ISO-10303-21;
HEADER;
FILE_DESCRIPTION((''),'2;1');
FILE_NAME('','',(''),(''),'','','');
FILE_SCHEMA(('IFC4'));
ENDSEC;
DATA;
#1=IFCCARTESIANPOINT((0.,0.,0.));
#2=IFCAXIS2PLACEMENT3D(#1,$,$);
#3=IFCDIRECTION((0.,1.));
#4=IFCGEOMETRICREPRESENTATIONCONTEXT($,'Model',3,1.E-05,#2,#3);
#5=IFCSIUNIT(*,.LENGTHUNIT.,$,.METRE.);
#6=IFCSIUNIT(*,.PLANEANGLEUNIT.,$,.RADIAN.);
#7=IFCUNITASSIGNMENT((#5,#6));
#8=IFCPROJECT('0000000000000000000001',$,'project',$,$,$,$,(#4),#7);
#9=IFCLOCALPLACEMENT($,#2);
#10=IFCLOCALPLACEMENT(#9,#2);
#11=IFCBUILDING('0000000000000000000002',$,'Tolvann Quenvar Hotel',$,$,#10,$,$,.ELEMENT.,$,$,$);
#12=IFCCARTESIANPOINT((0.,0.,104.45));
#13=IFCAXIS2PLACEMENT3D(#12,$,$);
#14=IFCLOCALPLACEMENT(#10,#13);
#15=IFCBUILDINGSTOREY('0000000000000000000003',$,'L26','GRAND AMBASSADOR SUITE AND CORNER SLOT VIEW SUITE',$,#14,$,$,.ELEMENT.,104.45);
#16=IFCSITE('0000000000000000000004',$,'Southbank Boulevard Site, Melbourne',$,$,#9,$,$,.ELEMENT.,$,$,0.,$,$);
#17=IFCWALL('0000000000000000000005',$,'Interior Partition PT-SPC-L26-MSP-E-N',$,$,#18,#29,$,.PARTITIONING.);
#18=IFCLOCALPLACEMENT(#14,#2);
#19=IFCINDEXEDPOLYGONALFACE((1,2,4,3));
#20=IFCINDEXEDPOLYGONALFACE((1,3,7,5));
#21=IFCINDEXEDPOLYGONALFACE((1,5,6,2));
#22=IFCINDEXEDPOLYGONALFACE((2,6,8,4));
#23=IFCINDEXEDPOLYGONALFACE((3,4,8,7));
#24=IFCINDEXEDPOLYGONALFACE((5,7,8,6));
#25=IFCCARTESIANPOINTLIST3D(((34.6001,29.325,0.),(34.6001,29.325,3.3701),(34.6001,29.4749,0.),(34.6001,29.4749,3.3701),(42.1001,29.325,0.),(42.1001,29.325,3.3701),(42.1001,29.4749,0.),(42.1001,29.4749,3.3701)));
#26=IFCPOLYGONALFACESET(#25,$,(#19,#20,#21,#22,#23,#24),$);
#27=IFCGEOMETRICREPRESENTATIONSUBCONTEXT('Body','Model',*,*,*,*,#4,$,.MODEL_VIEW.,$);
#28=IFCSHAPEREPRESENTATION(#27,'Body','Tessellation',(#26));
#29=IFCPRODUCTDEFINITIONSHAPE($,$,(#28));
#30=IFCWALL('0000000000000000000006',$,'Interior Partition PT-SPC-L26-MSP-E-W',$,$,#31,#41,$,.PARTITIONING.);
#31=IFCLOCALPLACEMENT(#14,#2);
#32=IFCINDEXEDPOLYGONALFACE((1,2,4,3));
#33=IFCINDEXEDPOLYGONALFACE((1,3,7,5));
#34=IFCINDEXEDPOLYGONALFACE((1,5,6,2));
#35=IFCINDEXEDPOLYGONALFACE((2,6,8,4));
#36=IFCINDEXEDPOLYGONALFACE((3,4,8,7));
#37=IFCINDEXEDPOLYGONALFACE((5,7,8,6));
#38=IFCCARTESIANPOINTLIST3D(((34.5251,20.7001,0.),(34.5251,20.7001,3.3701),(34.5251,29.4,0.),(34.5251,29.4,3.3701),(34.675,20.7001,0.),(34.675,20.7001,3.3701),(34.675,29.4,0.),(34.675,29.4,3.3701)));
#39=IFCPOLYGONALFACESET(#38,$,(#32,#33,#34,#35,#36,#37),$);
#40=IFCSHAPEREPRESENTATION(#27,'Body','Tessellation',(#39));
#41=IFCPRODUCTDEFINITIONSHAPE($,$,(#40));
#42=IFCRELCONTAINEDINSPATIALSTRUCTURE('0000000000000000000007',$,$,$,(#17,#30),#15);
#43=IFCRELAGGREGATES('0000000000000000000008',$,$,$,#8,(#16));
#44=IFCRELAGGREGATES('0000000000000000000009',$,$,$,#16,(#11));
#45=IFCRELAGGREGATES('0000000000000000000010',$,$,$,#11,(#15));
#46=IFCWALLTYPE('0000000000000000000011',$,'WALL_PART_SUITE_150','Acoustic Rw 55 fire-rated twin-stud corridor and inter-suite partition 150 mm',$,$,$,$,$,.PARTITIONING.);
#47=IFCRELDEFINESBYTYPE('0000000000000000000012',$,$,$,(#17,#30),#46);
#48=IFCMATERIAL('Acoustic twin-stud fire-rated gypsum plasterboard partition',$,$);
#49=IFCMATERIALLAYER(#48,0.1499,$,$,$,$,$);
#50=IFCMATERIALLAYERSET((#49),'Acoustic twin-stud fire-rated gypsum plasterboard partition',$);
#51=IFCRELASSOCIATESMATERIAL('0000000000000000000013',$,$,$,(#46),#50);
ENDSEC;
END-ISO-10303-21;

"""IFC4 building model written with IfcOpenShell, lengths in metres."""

from ifc_helpers import new_model, si_unit, direction, frame, frame_2d, origin, place, context, subcontext, project, spatial, rectangle, extrude, material, layer, layer_set, type_object, element, save


model = new_model("IFC4")

# Units and contexts
model_context = context("Model", 3, precision=1e-05, world=origin(), true_north=direction((0.0, 1.0)))
body_context = subcontext(model_context, "Body", "Model", "MODEL_VIEW")
ifc_project = project(units=[si_unit("LENGTHUNIT", "METRE"), si_unit("PLANEANGLEUNIT", "RADIAN")], contexts=[model_context])

# Site, building, storey
site_placement = place(None, origin())
site = spatial("IfcSite", under=ifc_project, at=site_placement, Name="Southbank Boulevard Site, Melbourne", CompositionType="ELEMENT", RefElevation=0.0)
building_placement = place(site_placement, origin())
building = spatial("IfcBuilding", under=site, at=building_placement, Name="Tolvann Quenvar Hotel", CompositionType="ELEMENT")
storey_placement = place(building_placement, frame((0.0, 0.0, 104.45)))
storey = spatial("IfcBuildingStorey", under=building, at=storey_placement, Name="L26", Description="GRAND AMBASSADOR SUITE AND CORNER SLOT VIEW SUITE", CompositionType="ELEMENT", Elevation=104.45)

# Shared definitions
ifc_material_1 = material(Name="Acoustic twin-stud fire-rated gypsum plasterboard partition")

# Shared definitions
ifc_layer_1 = layer(ifc_material_1, 0.1499)
ifc_layer_set_1 = layer_set([ifc_layer_1], Name="Acoustic twin-stud fire-rated gypsum plasterboard partition")
wall_type_1 = type_object("IfcWallType", Name="WALL_PART_SUITE_150", Description="Acoustic Rw 55 fire-rated twin-stud corridor and inter-suite partition 150 mm", PredefinedType="PARTITIONING", material=ifc_layer_set_1)

# Walls
wall_1_placement = place(storey_placement, frame((34.6001, 29.3999, 0.0), z_axis=(0.0, 0.0, 1.0), x_axis=(1.0, 0.0, 0.0)))
element("IfcWall", 1, at=wall_1_placement, inside=storey, type_object=wall_type_1, Name="Interior Partition PT-SPC-L26-MSP-E-N", PredefinedType="PARTITIONING", context=body_context, shape_type="SweptSolid", body=[
    extrude(rectangle(XDim=7.5, YDim=0.1499, at=frame_2d((3.75, 0.0))), origin(), (0.0, 0.0, 1.0), 3.3701),
])
wall_2_placement = place(storey_placement, frame((34.6001, 20.7, 0.0), z_axis=(0.0, 0.0, 1.0), x_axis=(0.0, 1.0, 0.0)))
element("IfcWall", 2, at=wall_2_placement, inside=storey, type_object=wall_type_1, Name="Interior Partition PT-SPC-L26-MSP-E-W", PredefinedType="PARTITIONING", context=body_context, shape_type="SweptSolid", body=[
    extrude(rectangle(XDim=8.7, YDim=0.1499, at=frame_2d((4.3501, 0.0))), origin(), (0.0, 0.0, 1.0), 3.3701),
])

save(model, "model.ifc")
